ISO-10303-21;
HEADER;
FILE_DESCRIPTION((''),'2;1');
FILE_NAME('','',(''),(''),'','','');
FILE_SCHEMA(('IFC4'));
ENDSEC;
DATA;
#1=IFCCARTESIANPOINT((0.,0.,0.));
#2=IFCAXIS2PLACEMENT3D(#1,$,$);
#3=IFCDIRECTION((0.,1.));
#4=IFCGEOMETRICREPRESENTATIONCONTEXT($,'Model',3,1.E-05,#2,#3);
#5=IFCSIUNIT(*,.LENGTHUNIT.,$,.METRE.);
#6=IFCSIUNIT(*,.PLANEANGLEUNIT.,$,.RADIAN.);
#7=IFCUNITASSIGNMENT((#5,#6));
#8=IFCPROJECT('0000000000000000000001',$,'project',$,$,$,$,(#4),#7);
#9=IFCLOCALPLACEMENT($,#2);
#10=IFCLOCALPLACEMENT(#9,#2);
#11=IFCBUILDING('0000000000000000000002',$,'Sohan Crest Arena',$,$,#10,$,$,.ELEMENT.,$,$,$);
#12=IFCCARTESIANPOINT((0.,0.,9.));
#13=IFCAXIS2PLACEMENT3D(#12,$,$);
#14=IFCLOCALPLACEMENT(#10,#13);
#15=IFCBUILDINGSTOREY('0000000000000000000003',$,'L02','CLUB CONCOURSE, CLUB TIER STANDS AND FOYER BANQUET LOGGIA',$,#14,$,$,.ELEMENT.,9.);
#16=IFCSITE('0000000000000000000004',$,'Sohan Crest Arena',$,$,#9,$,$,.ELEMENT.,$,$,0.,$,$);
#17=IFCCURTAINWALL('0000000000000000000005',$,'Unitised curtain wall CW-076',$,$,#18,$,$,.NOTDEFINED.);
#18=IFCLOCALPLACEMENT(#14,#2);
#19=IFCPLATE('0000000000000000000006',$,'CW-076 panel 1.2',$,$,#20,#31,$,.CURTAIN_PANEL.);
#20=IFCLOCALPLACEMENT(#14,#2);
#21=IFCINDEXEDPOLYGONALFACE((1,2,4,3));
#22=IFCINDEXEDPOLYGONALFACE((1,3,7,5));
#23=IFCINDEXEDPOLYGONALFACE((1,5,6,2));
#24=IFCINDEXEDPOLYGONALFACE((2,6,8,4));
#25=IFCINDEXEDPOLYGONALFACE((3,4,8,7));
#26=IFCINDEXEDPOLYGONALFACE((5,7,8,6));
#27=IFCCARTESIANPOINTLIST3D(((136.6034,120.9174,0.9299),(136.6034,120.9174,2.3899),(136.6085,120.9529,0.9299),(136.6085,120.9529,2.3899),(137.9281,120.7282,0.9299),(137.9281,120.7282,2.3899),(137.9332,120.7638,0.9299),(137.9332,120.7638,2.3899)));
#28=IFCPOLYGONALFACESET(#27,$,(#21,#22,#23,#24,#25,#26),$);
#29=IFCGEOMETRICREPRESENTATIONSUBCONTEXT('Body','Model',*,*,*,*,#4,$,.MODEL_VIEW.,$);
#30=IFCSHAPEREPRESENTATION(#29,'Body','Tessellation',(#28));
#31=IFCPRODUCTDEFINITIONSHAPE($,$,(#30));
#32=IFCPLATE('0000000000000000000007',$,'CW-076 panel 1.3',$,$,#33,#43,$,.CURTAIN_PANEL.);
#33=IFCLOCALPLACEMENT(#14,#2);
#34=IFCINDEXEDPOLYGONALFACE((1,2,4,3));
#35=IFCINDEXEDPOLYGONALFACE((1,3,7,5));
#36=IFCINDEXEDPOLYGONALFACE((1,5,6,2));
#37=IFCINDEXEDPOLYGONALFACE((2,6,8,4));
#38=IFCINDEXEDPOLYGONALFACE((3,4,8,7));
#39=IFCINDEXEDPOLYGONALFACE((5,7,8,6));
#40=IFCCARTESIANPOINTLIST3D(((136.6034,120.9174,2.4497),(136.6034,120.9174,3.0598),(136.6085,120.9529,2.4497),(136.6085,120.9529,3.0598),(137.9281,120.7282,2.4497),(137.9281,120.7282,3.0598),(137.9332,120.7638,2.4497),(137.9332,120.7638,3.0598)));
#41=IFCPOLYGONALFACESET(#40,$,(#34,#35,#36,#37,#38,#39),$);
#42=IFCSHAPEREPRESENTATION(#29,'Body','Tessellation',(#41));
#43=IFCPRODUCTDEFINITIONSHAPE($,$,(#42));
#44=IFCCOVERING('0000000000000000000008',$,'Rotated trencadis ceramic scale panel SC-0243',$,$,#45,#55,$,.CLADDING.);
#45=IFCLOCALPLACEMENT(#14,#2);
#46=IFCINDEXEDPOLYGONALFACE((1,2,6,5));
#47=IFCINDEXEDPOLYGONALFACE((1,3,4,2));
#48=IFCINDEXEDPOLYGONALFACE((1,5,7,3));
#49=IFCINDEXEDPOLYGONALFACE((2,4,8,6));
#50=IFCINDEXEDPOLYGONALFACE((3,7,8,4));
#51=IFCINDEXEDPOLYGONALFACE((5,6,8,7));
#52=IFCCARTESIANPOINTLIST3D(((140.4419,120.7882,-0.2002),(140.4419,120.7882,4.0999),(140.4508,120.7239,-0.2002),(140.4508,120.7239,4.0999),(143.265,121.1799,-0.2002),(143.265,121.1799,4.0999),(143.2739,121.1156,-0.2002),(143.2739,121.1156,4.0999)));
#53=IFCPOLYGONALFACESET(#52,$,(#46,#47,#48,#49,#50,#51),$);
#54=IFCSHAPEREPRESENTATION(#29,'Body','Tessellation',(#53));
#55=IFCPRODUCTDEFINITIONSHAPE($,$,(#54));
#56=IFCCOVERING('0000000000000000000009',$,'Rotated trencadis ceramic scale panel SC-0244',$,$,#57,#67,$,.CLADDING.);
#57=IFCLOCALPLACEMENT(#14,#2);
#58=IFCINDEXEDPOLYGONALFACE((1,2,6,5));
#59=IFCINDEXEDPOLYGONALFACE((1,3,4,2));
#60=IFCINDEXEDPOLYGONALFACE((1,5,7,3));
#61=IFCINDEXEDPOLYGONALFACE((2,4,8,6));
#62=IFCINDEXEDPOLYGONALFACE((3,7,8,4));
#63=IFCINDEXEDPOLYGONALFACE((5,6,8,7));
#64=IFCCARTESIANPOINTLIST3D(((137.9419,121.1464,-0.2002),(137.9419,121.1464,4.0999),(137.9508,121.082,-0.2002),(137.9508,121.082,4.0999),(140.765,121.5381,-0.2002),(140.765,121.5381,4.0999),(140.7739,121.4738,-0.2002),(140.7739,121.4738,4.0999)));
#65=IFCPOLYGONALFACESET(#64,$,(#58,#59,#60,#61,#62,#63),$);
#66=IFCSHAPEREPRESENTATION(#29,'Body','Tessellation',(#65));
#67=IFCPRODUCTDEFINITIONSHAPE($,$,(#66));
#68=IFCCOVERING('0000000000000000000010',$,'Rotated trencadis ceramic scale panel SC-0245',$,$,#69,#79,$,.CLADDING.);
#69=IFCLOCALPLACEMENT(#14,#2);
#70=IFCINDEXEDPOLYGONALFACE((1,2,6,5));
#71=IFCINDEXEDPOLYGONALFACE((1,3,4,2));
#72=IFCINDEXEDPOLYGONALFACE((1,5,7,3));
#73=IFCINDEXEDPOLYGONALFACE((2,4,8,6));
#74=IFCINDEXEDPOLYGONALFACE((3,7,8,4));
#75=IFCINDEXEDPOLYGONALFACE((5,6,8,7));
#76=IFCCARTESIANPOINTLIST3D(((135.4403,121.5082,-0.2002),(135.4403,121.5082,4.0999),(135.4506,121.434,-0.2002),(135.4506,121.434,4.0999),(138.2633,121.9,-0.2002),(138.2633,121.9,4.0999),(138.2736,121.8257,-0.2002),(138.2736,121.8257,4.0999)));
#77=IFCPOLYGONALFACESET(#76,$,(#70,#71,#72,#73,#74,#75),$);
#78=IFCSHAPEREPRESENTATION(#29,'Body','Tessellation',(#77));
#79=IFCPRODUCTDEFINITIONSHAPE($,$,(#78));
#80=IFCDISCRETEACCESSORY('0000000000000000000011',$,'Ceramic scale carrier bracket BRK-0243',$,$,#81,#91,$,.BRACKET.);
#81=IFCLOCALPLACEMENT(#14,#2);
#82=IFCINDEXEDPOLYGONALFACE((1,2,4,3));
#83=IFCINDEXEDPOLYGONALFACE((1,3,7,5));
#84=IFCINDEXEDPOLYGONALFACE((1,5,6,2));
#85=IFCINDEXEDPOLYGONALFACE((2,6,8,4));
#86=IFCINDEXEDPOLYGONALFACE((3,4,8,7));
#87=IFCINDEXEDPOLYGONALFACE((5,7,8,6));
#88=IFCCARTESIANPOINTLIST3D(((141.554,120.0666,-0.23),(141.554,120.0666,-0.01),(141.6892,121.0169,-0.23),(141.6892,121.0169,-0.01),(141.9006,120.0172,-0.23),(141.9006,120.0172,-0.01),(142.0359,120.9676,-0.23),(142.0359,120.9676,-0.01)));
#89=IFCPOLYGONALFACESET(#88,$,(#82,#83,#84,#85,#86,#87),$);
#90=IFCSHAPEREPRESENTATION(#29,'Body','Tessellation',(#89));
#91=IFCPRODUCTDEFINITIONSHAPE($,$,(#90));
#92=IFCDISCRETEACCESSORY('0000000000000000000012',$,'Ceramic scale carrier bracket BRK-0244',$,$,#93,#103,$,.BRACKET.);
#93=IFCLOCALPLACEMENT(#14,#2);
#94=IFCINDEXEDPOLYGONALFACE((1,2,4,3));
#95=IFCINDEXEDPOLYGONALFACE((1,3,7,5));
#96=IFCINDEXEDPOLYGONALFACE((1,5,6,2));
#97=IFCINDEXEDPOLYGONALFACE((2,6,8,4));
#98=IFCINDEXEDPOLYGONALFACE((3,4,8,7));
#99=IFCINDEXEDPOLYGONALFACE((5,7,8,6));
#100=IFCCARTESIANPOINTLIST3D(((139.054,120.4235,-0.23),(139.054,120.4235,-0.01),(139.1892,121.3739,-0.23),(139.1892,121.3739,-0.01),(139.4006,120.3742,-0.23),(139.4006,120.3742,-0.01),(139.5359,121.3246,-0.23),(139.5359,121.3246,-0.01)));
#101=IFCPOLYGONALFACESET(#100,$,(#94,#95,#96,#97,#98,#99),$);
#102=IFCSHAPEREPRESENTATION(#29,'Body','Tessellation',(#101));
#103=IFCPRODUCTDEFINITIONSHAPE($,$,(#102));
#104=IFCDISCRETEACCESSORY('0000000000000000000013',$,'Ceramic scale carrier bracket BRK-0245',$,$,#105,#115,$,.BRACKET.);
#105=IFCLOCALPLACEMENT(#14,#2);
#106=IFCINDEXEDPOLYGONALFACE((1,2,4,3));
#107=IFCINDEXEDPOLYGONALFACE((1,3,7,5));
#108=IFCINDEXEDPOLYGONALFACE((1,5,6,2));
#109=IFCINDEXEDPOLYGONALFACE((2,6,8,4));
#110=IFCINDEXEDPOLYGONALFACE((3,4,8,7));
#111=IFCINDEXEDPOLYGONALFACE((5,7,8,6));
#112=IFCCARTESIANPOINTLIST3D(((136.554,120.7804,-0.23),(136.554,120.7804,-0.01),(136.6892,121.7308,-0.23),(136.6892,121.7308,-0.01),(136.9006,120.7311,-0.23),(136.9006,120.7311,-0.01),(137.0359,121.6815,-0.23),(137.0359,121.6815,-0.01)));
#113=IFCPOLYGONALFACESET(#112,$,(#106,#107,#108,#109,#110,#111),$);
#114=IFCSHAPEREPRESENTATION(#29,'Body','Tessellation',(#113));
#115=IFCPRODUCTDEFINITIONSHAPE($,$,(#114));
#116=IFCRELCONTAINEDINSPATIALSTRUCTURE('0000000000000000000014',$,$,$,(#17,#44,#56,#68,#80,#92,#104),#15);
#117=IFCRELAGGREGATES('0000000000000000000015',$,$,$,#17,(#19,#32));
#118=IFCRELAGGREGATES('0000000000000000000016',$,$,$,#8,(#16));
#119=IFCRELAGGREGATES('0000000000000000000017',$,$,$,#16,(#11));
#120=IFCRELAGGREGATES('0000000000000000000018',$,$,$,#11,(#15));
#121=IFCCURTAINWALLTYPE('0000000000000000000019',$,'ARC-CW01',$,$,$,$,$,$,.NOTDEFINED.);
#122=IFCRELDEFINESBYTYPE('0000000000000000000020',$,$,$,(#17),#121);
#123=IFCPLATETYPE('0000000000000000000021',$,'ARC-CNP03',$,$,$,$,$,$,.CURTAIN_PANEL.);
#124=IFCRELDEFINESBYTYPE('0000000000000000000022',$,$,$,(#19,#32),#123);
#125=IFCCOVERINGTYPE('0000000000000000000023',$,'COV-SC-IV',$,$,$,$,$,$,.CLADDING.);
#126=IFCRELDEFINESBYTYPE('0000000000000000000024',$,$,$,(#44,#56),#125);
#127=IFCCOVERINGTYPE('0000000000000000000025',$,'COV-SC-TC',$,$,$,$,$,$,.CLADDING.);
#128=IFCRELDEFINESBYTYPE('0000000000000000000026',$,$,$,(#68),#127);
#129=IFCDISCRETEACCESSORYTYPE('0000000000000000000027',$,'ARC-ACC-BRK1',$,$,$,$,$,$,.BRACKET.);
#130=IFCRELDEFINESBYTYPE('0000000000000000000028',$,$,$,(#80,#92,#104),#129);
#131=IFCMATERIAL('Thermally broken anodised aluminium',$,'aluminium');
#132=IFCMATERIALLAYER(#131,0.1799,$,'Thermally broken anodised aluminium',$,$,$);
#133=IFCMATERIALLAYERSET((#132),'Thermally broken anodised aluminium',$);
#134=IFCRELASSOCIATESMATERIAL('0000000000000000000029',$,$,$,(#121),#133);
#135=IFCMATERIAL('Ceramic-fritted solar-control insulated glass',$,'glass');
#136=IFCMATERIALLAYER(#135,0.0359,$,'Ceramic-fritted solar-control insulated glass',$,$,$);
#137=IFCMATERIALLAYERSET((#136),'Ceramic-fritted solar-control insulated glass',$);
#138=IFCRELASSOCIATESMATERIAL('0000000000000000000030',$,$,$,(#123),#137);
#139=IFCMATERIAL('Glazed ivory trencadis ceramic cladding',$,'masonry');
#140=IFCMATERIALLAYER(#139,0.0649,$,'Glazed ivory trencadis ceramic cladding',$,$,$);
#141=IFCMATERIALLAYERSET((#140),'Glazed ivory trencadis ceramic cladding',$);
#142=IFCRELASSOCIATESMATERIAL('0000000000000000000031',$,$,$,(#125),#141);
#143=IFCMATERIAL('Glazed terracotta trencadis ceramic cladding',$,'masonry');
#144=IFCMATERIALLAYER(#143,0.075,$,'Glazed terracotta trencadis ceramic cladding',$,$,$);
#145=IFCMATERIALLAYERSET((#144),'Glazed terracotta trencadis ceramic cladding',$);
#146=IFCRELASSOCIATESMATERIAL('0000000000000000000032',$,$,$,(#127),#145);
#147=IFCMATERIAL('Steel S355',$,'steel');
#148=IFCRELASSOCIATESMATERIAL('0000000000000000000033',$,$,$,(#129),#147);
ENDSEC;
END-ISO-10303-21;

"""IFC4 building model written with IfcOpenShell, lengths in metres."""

from ifc_helpers import new_model, si_unit, direction, frame, origin, origin_2d, place, context, subcontext, project, spatial, rectangle, extrude, material, layer, layer_set, type_object, element, aggregate, save


model = new_model("IFC4")

# Units and contexts
model_context = context("Model", 3, precision=1e-05, world=origin(), true_north=direction((0.0, 1.0)))
body_context = subcontext(model_context, "Body", "Model", "MODEL_VIEW")
ifc_project = project(units=[si_unit("LENGTHUNIT", "METRE"), si_unit("PLANEANGLEUNIT", "RADIAN")], contexts=[model_context])

# Site, building, storey
site_placement = place(None, origin())
site = spatial("IfcSite", under=ifc_project, at=site_placement, Name="Sohan Crest Arena", CompositionType="ELEMENT", RefElevation=0.0)
building_placement = place(site_placement, origin())
building = spatial("IfcBuilding", under=site, at=building_placement, Name="Sohan Crest Arena", CompositionType="ELEMENT")
storey_placement = place(building_placement, frame((0.0, 0.0, 9.0)))
storey = spatial("IfcBuildingStorey", under=building, at=storey_placement, Name="L02", Description="CLUB CONCOURSE, CLUB TIER STANDS AND FOYER BANQUET LOGGIA", CompositionType="ELEMENT", Elevation=9.0)

# Shared definitions
ifc_material_1 = material(Name="Steel S355", Category="steel")

# Curtain wall
ifc_material_2 = material(Name="Thermally broken anodised aluminium", Category="aluminium")
ifc_layer_1 = layer(ifc_material_2, 0.1799, Name="Thermally broken anodised aluminium")
ifc_layer_set_1 = layer_set([ifc_layer_1], Name="Thermally broken anodised aluminium")
curtain_wall_type_1 = type_object("IfcCurtainWallType", Name="ARC-CW01", PredefinedType="NOTDEFINED", material=ifc_layer_set_1)
curtain_wall_1_placement = place(storey_placement, origin())
curtain_wall_1 = element("IfcCurtainWall", 1, at=curtain_wall_1_placement, inside=storey, type_object=curtain_wall_type_1, Name="Unitised curtain wall CW-076", PredefinedType="NOTDEFINED")

# Plates
ifc_material_3 = material(Name="Ceramic-fritted solar-control insulated glass", Category="glass")
ifc_layer_2 = layer(ifc_material_3, 0.0359, Name="Ceramic-fritted solar-control insulated glass")
ifc_layer_set_2 = layer_set([ifc_layer_2], Name="Ceramic-fritted solar-control insulated glass")
plate_type_1 = type_object("IfcPlateType", Name="ARC-CNP03", PredefinedType="CURTAIN_PANEL", material=ifc_layer_set_2)
plate_1_placement = place(storey_placement, frame((137.2683, 120.8406, 0.9299), z_axis=(0.0, 0.0, 1.0), x_axis=(-0.989957, 0.141366, 0.0)))
plate_1 = element("IfcPlate", 2, at=plate_1_placement, type_object=plate_type_1, Name="CW-076 panel 1.2", PredefinedType="CURTAIN_PANEL", context=body_context, shape_type="SweptSolid", body=[
    extrude(rectangle(XDim=1.3381, YDim=0.0359, at=origin_2d()), origin(), (0.0, 0.0, 1.0), 1.46),
])
plate_2_placement = place(storey_placement, frame((137.2683, 120.8406, 2.4497), z_axis=(0.0, 0.0, 1.0), x_axis=(-0.989957, 0.141366, 0.0)))
plate_2 = element("IfcPlate", 3, at=plate_2_placement, type_object=plate_type_1, Name="CW-076 panel 1.3", PredefinedType="CURTAIN_PANEL", context=body_context, shape_type="SweptSolid", body=[
    extrude(rectangle(XDim=1.3381, YDim=0.0359, at=origin_2d()), origin(), (0.0, 0.0, 1.0), 0.6101),
])
aggregate(curtain_wall_1, [plate_1, plate_2])

# Coverings
ifc_material_4 = material(Name="Glazed ivory trencadis ceramic cladding", Category="masonry")
ifc_layer_3 = layer(ifc_material_4, 0.0649, Name="Glazed ivory trencadis ceramic cladding")
ifc_layer_set_3 = layer_set([ifc_layer_3], Name="Glazed ivory trencadis ceramic cladding")
covering_type_1 = type_object("IfcCoveringType", Name="COV-SC-IV", PredefinedType="CLADDING", material=ifc_layer_set_3)
for number, where, z_axis, x_axis, name in (
    (4, (141.8579, 120.9519, -0.2002), (0.0, 0.0, 1.0), (-0.990509, -0.137445, 0.0), "Rotated trencadis ceramic scale panel SC-0243"),
    (5, (139.3579, 121.3101, -0.2002), (0.0, 0.0, 1.0), (-0.990509, -0.137445, 0.0), "Rotated trencadis ceramic scale panel SC-0244"),
):
    element("IfcCovering", number, at=place(storey_placement, frame(where, z_axis=z_axis, x_axis=x_axis)), inside=storey, type_object=covering_type_1, Name=name, PredefinedType="CLADDING", context=body_context, shape_type="SweptSolid", body=[
        extrude(rectangle(XDim=2.8501, YDim=0.0649, at=origin_2d()), origin(), (0.0, 0.0, 1.0), 4.3),
    ])
ifc_material_5 = material(Name="Glazed terracotta trencadis ceramic cladding", Category="masonry")
ifc_layer_4 = layer(ifc_material_5, 0.075, Name="Glazed terracotta trencadis ceramic cladding")
ifc_layer_set_4 = layer_set([ifc_layer_4], Name="Glazed terracotta trencadis ceramic cladding")
covering_type_2 = type_object("IfcCoveringType", Name="COV-SC-TC", PredefinedType="CLADDING", material=ifc_layer_set_4)
covering_placement = place(storey_placement, frame((136.8569, 121.667, -0.2002), z_axis=(0.0, 0.0, 1.0), x_axis=(-0.990509, -0.137445, 0.0)))
element("IfcCovering", 6, at=covering_placement, inside=storey, type_object=covering_type_2, Name="Rotated trencadis ceramic scale panel SC-0245", PredefinedType="CLADDING", context=body_context, shape_type="SweptSolid", body=[
    extrude(rectangle(XDim=2.8501, YDim=0.075, at=origin_2d()), origin(), (0.0, 0.0, 1.0), 4.3),
])

# Discrete accessories
discrete_accessory_type = type_object("IfcDiscreteAccessoryType", Name="ARC-ACC-BRK1", PredefinedType="BRACKET", material=ifc_material_1)
for number, where, z_axis, x_axis, name in (
    (7, (141.7949, 120.5171, -0.23), (0.0, 0.0, 1.0), (-0.990024, 0.140901, 0.0), "Ceramic scale carrier bracket BRK-0243"),
    (8, (139.2949, 120.874, -0.23), (0.0, 0.0, 1.0), (-0.990024, 0.140901, 0.0), "Ceramic scale carrier bracket BRK-0244"),
    (9, (136.7949, 121.231, -0.23), (0.0, 0.0, 1.0), (-0.990024, 0.140901, 0.0), "Ceramic scale carrier bracket BRK-0245"),
):
    element("IfcDiscreteAccessory", number, at=place(storey_placement, frame(where, z_axis=z_axis, x_axis=x_axis)), inside=storey, type_object=discrete_accessory_type, Name=name, PredefinedType="BRACKET", context=body_context, shape_type="SweptSolid", body=[
        extrude(rectangle(XDim=0.3501, YDim=0.96, at=origin_2d()), origin(), (0.0, 0.0, 1.0), 0.22),
    ])

save(model, "model.ifc")
